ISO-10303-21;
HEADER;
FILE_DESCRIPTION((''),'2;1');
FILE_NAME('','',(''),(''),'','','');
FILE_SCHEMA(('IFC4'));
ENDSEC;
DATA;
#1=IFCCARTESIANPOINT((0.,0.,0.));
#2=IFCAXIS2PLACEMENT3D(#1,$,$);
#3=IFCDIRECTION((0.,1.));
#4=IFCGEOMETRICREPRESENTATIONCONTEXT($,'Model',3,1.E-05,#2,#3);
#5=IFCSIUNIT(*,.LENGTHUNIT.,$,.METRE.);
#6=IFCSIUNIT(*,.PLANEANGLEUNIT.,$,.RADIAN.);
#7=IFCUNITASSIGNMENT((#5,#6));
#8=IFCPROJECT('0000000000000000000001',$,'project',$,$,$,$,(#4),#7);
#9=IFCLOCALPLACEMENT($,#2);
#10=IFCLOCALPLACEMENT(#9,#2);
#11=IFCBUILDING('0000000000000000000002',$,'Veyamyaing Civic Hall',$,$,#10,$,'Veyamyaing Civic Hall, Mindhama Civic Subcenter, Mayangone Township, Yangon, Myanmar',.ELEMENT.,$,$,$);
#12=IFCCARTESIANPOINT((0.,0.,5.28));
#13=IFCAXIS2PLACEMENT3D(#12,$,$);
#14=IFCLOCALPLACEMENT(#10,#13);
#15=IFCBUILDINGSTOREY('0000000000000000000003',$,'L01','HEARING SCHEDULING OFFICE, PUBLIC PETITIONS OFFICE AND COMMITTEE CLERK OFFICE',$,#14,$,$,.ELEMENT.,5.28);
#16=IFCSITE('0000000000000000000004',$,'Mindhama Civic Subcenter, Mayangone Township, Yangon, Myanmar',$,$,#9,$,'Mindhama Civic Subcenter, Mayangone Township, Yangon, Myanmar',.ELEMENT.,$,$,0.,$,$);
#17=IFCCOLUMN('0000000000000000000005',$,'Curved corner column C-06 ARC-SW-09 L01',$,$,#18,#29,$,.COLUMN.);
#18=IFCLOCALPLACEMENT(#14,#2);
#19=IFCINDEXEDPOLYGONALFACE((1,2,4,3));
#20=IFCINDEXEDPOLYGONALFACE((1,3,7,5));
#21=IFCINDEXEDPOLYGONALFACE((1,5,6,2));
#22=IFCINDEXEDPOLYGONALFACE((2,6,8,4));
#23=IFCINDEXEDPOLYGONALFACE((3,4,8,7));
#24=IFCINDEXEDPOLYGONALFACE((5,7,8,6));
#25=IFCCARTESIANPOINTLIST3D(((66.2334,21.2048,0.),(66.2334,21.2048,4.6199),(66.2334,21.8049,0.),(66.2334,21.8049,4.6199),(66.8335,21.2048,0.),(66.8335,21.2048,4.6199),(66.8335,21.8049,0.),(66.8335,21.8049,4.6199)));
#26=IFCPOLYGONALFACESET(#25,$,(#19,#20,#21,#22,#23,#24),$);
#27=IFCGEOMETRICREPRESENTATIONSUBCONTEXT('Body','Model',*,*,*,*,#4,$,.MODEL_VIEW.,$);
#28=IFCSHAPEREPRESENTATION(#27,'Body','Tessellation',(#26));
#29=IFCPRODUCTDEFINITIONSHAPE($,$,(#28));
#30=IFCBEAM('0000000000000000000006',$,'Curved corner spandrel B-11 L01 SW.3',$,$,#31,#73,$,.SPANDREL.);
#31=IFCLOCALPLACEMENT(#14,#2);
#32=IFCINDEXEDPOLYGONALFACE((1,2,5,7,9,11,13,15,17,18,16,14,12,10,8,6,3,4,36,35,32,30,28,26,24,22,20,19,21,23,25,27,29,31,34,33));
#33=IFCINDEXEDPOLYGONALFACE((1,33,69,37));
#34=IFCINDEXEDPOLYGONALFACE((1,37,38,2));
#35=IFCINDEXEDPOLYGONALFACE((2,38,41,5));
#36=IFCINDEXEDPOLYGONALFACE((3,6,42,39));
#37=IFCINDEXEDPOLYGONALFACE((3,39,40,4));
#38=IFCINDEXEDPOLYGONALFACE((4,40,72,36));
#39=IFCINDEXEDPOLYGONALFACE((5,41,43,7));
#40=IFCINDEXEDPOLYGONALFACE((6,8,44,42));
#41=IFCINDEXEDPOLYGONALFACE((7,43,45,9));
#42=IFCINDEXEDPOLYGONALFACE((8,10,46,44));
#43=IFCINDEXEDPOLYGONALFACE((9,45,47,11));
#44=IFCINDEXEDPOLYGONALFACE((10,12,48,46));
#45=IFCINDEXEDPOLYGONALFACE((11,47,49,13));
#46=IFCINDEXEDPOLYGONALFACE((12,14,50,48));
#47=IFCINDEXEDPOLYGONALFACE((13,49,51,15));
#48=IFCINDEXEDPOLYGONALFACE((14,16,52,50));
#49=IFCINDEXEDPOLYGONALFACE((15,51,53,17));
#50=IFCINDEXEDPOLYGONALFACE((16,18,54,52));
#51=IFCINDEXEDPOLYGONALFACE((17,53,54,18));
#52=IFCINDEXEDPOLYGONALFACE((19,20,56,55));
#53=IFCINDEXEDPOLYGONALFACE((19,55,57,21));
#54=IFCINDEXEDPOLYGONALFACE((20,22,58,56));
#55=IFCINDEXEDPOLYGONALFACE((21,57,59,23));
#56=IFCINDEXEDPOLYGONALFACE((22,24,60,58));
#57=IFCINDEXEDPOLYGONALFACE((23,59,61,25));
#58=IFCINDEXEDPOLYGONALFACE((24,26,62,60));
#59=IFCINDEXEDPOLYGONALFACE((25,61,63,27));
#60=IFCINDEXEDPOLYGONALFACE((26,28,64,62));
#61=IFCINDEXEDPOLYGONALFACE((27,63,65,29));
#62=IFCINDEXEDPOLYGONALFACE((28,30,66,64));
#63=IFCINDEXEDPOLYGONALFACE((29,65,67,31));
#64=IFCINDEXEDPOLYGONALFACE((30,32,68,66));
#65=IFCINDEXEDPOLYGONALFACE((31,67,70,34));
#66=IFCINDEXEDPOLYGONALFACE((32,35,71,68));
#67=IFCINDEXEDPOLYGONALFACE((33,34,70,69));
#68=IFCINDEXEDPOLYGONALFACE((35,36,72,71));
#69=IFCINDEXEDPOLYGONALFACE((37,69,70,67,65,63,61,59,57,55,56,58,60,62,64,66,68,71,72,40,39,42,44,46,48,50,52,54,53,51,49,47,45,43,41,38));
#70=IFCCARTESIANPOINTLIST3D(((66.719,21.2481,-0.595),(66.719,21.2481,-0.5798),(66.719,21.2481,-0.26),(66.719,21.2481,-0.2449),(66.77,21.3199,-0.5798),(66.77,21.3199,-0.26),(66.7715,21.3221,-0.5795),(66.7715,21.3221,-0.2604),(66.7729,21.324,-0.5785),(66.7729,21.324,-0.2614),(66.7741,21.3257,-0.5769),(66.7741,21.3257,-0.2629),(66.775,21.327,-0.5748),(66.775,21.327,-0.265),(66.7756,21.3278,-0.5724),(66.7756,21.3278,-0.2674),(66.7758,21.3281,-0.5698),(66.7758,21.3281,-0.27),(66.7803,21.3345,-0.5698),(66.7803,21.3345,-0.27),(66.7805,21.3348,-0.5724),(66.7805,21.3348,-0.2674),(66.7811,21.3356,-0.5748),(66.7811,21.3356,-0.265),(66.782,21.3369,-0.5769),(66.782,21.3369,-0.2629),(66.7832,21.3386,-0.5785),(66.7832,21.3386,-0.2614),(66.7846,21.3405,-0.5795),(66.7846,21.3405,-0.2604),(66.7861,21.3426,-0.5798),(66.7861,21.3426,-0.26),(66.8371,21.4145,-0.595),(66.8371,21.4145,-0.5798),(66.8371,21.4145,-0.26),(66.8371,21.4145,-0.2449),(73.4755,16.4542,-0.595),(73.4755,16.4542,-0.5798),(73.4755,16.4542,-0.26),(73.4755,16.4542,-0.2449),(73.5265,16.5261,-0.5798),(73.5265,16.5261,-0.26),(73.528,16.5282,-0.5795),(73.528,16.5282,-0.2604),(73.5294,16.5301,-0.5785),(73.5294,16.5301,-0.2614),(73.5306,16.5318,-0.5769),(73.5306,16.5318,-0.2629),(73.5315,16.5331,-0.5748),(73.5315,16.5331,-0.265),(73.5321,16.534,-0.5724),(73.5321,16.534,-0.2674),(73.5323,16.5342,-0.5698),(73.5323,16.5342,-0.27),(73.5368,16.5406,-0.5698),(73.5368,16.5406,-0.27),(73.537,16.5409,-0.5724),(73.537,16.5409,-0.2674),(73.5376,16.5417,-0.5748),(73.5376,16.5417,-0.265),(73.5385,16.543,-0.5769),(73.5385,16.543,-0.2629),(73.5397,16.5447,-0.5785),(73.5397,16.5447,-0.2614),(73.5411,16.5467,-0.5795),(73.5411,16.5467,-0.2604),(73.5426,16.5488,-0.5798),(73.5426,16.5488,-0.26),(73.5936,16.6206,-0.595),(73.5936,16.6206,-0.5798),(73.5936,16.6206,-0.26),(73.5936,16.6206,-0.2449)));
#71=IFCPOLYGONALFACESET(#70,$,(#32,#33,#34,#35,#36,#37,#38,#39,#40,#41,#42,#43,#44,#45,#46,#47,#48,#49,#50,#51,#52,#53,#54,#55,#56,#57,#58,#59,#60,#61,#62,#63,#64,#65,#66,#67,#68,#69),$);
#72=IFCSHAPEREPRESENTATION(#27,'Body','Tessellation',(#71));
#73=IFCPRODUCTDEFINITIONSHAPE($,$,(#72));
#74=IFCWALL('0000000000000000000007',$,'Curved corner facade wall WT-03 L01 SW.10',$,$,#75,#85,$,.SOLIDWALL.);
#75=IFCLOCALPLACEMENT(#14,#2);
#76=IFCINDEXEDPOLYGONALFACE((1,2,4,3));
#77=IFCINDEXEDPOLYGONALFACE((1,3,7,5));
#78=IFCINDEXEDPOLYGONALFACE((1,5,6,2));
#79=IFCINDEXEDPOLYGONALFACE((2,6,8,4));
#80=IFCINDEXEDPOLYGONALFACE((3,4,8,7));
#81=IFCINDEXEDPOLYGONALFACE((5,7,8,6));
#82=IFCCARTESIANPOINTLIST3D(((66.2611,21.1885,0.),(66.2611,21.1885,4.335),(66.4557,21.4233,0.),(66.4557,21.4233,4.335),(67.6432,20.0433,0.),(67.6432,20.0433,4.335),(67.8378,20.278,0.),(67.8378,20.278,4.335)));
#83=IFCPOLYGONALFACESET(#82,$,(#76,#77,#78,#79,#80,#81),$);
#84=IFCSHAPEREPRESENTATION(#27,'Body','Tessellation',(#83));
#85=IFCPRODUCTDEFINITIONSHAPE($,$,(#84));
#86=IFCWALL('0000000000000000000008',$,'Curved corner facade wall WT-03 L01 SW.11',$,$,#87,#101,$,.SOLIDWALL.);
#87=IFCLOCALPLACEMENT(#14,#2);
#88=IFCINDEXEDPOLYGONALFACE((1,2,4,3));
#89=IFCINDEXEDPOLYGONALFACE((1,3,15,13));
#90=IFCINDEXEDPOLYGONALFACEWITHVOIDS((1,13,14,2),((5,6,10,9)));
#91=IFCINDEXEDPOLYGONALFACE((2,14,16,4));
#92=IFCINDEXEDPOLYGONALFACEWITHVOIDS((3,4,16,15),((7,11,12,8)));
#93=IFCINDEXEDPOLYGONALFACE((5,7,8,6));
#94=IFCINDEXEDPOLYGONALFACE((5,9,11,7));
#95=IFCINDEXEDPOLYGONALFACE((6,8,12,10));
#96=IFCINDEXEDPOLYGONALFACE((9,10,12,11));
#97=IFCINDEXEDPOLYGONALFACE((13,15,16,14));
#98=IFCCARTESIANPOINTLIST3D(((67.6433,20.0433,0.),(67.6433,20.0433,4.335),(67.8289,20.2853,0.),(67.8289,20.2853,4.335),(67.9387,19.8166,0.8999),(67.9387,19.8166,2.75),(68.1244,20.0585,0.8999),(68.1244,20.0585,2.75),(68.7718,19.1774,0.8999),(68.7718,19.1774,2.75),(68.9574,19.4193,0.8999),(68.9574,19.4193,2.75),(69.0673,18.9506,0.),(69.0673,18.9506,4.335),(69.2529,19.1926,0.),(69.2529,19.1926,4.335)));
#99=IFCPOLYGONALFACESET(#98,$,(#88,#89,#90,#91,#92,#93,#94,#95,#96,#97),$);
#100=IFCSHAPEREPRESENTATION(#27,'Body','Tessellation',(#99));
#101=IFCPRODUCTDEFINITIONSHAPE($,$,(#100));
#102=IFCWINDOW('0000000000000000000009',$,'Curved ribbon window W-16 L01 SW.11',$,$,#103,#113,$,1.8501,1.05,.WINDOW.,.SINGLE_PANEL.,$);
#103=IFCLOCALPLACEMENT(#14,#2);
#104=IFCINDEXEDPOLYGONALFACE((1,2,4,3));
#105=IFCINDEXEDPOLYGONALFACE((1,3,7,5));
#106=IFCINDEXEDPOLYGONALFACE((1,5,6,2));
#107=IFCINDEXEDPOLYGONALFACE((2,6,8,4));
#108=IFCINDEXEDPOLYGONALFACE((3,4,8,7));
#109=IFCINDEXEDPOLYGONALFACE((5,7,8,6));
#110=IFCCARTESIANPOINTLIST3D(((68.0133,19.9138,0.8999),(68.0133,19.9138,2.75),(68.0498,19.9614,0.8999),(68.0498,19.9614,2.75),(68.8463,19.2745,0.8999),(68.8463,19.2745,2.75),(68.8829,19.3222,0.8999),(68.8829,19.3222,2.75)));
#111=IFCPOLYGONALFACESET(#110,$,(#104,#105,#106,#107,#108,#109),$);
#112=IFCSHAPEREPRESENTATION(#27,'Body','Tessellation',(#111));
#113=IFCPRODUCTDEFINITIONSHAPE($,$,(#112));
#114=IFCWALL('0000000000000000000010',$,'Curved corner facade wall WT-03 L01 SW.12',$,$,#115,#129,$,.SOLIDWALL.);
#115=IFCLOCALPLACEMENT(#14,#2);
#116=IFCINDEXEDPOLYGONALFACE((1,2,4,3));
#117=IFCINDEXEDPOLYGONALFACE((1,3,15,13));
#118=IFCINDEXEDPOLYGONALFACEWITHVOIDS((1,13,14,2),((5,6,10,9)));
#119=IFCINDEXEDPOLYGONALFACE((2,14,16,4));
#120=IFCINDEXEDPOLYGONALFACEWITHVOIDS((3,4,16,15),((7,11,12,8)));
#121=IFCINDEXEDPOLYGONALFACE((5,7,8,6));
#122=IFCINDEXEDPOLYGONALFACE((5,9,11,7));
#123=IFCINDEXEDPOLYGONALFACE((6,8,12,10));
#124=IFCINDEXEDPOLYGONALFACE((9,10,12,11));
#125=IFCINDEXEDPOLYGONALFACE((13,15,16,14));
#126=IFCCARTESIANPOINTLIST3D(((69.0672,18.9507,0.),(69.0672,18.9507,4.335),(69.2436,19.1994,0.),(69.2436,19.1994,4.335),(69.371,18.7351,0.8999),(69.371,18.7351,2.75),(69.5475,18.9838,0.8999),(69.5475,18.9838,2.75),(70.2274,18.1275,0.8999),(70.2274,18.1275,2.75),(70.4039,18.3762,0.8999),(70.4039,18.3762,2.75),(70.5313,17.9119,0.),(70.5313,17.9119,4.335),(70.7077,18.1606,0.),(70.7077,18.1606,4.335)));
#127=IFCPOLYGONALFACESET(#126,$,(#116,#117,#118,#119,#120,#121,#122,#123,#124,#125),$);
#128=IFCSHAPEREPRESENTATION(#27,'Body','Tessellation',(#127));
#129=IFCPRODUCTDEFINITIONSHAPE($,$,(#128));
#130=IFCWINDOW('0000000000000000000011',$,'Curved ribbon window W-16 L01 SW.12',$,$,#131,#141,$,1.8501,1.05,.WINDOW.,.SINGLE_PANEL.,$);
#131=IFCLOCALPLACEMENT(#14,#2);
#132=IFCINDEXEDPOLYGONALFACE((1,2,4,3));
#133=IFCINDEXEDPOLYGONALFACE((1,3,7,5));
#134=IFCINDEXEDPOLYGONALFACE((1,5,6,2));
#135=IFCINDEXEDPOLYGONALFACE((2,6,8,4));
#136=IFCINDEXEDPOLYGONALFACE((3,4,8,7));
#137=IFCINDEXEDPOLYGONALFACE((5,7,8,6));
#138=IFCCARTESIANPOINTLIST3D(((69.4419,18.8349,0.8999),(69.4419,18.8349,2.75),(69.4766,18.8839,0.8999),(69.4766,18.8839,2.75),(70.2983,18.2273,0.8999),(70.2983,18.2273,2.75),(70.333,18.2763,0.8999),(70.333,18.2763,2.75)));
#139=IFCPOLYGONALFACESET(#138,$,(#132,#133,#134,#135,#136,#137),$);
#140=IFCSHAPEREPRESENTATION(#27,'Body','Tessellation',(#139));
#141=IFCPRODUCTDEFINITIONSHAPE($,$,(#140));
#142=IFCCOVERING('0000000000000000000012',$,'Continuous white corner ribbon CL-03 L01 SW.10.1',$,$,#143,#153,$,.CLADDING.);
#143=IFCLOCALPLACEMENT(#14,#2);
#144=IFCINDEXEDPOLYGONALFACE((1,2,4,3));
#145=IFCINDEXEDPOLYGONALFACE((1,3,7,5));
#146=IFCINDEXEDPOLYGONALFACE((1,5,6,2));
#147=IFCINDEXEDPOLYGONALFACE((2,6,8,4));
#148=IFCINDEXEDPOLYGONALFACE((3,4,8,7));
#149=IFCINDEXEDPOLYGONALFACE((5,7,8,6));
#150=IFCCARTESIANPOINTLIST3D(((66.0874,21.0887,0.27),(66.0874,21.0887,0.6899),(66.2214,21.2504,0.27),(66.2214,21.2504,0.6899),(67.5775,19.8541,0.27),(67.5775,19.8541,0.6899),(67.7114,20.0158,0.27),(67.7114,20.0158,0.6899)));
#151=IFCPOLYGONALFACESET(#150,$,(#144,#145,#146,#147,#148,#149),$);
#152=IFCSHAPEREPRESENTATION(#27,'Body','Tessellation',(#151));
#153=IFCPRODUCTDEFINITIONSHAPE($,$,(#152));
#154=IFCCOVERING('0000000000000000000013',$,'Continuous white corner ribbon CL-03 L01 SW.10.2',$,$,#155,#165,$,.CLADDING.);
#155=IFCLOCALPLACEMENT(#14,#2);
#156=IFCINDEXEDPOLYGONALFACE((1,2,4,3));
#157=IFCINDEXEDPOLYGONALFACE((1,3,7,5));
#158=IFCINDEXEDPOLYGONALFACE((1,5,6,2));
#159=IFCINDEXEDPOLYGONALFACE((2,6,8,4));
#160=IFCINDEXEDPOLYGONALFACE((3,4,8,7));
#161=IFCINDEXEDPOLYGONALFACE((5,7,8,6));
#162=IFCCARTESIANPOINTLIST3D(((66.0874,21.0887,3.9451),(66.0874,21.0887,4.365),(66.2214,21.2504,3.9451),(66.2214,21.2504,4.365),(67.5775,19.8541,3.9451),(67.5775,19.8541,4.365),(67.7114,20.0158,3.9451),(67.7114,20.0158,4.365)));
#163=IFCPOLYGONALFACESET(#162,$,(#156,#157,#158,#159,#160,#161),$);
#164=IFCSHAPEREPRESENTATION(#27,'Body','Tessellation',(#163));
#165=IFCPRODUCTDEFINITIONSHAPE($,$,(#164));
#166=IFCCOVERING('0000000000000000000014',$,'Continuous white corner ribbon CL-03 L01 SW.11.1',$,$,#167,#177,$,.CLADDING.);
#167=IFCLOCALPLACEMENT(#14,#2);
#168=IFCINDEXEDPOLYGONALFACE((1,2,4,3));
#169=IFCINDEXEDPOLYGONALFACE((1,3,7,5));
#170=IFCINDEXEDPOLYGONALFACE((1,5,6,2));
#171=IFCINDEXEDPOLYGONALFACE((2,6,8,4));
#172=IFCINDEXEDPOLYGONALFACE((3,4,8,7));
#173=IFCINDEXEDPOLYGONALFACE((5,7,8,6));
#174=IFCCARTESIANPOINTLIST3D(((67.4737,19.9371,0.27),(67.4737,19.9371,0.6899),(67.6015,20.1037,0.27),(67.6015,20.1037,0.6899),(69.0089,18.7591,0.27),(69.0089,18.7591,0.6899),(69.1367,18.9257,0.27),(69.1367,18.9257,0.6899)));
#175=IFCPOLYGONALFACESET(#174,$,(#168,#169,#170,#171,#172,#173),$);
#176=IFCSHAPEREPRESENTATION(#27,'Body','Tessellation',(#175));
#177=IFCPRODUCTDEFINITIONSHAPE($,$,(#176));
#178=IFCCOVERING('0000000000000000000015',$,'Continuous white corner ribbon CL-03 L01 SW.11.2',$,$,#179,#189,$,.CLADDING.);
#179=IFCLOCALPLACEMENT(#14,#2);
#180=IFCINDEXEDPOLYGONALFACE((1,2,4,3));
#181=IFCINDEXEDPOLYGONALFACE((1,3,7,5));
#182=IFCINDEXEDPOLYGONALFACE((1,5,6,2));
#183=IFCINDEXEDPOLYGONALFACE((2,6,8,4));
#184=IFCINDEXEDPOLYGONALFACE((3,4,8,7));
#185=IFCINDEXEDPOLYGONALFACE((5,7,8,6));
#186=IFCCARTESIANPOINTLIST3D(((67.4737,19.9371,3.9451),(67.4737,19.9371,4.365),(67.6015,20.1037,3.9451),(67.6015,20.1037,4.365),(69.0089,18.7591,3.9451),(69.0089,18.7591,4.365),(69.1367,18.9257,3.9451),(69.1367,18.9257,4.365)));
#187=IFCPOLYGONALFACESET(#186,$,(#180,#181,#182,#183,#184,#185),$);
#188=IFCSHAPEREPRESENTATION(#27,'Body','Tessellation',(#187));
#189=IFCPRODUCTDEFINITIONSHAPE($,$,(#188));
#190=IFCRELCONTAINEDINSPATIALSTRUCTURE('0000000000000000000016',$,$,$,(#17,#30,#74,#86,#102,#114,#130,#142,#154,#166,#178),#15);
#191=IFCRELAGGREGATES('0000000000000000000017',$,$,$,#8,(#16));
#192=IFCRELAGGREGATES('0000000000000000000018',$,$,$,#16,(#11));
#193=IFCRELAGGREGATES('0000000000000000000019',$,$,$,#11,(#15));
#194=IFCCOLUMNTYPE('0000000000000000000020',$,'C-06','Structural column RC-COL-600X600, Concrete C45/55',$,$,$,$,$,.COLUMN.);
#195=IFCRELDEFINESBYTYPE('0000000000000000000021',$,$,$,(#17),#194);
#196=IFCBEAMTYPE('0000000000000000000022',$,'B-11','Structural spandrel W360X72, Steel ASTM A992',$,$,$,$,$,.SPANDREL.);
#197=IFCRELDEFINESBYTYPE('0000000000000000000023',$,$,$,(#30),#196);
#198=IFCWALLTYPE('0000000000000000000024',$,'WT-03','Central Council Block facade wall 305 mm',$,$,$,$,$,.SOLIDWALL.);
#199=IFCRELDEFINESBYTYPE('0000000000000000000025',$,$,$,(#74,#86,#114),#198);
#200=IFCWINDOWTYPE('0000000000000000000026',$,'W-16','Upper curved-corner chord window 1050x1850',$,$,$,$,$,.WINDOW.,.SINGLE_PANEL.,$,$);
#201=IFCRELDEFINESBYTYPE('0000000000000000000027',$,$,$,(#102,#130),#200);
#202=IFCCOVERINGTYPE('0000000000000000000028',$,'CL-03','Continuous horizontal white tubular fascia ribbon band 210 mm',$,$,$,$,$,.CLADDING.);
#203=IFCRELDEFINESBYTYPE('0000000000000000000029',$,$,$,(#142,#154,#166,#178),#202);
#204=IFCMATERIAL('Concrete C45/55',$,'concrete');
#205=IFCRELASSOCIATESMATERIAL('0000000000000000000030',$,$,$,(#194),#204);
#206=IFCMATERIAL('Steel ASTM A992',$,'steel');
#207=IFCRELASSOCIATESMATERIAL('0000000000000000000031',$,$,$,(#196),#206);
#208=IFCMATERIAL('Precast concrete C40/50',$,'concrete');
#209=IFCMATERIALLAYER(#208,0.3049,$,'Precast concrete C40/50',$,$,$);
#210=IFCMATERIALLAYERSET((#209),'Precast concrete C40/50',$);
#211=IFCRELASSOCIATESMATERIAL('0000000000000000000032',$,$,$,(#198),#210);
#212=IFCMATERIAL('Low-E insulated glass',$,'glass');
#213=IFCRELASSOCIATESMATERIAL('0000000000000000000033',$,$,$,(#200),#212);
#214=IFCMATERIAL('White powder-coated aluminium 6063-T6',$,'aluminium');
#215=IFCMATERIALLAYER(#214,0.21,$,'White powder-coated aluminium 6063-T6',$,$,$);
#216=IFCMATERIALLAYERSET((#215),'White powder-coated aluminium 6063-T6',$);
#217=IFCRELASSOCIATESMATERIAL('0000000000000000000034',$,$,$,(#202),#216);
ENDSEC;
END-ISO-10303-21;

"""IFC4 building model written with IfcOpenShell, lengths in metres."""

from ifc_helpers import new_model, si_unit, direction, frame, frame_2d, origin, origin_2d, place, context, subcontext, project, spatial, rectangle, i_section, extrude, material, layer, layer_set, material_profile, profile_set, type_object, element, fill, save


model = new_model("IFC4")

# Units and contexts
model_context = context("Model", 3, precision=1e-05, world=origin(), true_north=direction((0.0, 1.0)))
body_context = subcontext(model_context, "Body", "Model", "MODEL_VIEW")
ifc_project = project(units=[si_unit("LENGTHUNIT", "METRE"), si_unit("PLANEANGLEUNIT", "RADIAN")], contexts=[model_context])

# Site, building, storey
site_placement = place(None, origin())
site = spatial("IfcSite", under=ifc_project, at=site_placement, Name="Mindhama Civic Subcenter, Mayangone Township, Yangon, Myanmar", LongName="Mindhama Civic Subcenter, Mayangone Township, Yangon, Myanmar", CompositionType="ELEMENT", RefElevation=0.0)
building_placement = place(site_placement, origin())
building = spatial("IfcBuilding", under=site, at=building_placement, Name="Veyamyaing Civic Hall", LongName="Veyamyaing Civic Hall, Mindhama Civic Subcenter, Mayangone Township, Yangon, Myanmar", CompositionType="ELEMENT")
storey_placement = place(building_placement, frame((0.0, 0.0, 5.28)))
storey = spatial("IfcBuildingStorey", under=building, at=storey_placement, Name="L01", Description="HEARING SCHEDULING OFFICE, PUBLIC PETITIONS OFFICE AND COMMITTEE CLERK OFFICE", CompositionType="ELEMENT", Elevation=5.28)

# Column
ifc_material_1 = material(Name="Concrete C45/55", Category="concrete")
ifc_material_profile_1 = material_profile(ifc_material_1, rectangle(XDim=0.6001, YDim=0.6001, at=origin_2d()), Name="RC-COL-600X600")
ifc_profile_set_1 = profile_set([ifc_material_profile_1], Name="Concrete C45/55")
column_type = type_object("IfcColumnType", Name="C-06", Description="Structural column RC-COL-600X600, Concrete C45/55", PredefinedType="COLUMN", material=ifc_profile_set_1)
column_placement = place(storey_placement, frame((66.5334, 21.5049, 0.0), z_axis=(0.0, 0.0, 1.0), x_axis=(1.0, 0.0, 0.0)))
element("IfcColumn", 1, at=column_placement, inside=storey, type_object=column_type, Name="Curved corner column C-06 ARC-SW-09 L01", PredefinedType="COLUMN", context=body_context, shape_type="SweptSolid", body=[
    extrude(rectangle(XDim=0.6001, YDim=0.6001, at=origin_2d()), origin(), (0.0, 0.0, 1.0), 4.6199),
])

# Beam
ifc_material_2 = material(Name="Steel ASTM A992", Category="steel")
ifc_material_profile_2 = material_profile(ifc_material_2, i_section(OverallWidth=0.2041, OverallDepth=0.3501, WebThickness=0.0078, FlangeThickness=0.0151, FilletRadius=0.01, at=origin_2d()), Name="W360X72")
ifc_profile_set_2 = profile_set([ifc_material_profile_2], Name="Steel ASTM A992")
beam_type = type_object("IfcBeamType", Name="B-11", Description="Structural spandrel W360X72, Steel ASTM A992", PredefinedType="SPANDREL", material=ifc_profile_set_2)
beam_placement = place(storey_placement, frame((66.7781, 21.3313, -0.4199), z_axis=(0.815567, -0.578662, 0.0), x_axis=(0.578662, 0.815567, 0.0)))
element("IfcBeam", 2, at=beam_placement, inside=storey, type_object=beam_type, Name="Curved corner spandrel B-11 L01 SW.3", PredefinedType="SPANDREL", context=body_context, shape_type="SweptSolid", body=[
    extrude(i_section(OverallWidth=0.2041, OverallDepth=0.3501, WebThickness=0.0078, FlangeThickness=0.0151, FilletRadius=0.01, at=origin_2d()), origin(), (0.0, 0.0, 1.0), 8.2844),
])

# Wall
ifc_material_3 = material(Name="Precast concrete C40/50", Category="concrete")
ifc_layer_1 = layer(ifc_material_3, 0.3049, Name="Precast concrete C40/50")
ifc_layer_set_1 = layer_set([ifc_layer_1], Name="Precast concrete C40/50")
wall_type = type_object("IfcWallType", Name="WT-03", Description="Central Council Block facade wall 305 mm", PredefinedType="SOLIDWALL", material=ifc_layer_set_1)
wall_1_placement = place(storey_placement, frame((66.3584, 21.3059, 0.0), z_axis=(0.0, 0.0, 1.0), x_axis=(0.769991, -0.638055, 0.0)))
element("IfcWall", 3, at=wall_1_placement, inside=storey, type_object=wall_type, Name="Curved corner facade wall WT-03 L01 SW.10", PredefinedType="SOLIDWALL", context=body_context, shape_type="SweptSolid", body=[
    extrude(rectangle(XDim=1.7949, YDim=0.3049, at=frame_2d((0.8975, 0.0))), origin(), (0.0, 0.0, 1.0), 4.335),
])

# Walls, openings, windows
wall_2_placement = place(storey_placement, frame((67.7361, 20.1643, 0.0), z_axis=(0.0, 0.0, 1.0), x_axis=(0.793341, -0.608777, 0.0)))
wall_2 = element("IfcWall", 4, at=wall_2_placement, inside=storey, type_object=wall_type, Name="Curved corner facade wall WT-03 L01 SW.11", PredefinedType="SOLIDWALL", context=body_context, shape_type="SweptSolid", body=[
    extrude(rectangle(XDim=1.7949, YDim=0.3049, at=frame_2d((0.8975, 0.0))), origin(), (0.0, 0.0, 1.0), 4.335),
])
opening_1_placement = place(wall_2_placement, frame((0.3726, 0.0, 0.8999)))
opening_1 = element("IfcOpeningElement", 5, at=opening_1_placement, cuts=wall_2, PredefinedType="OPENING", context=body_context, shape_type="SweptSolid", body=[
    extrude(rectangle(XDim=1.05, YDim=1.8501, at=frame_2d((0.5249, 0.925))), frame((0.0, 0.1624, 0.0), z_axis=(0.0, -1.0, 0.0), x_axis=(1.0, 0.0, 0.0)), (0.0, 0.0, 1.0), 0.325),
])
ifc_material_4 = material(Name="Low-E insulated glass", Category="glass")
window_type = type_object("IfcWindowType", Name="W-16", Description="Upper curved-corner chord window 1050x1850", PartitioningType="SINGLE_PANEL", PredefinedType="WINDOW", material=ifc_material_4)
window_1_placement = place(opening_1_placement, origin())
window_1 = element("IfcWindow", 6, at=window_1_placement, inside=storey, type_object=window_type, Name="Curved ribbon window W-16 L01 SW.11", OverallHeight=1.8501, OverallWidth=1.05, PartitioningType="SINGLE_PANEL", PredefinedType="WINDOW", context=body_context, shape_type="SweptSolid", body=[
    extrude(rectangle(XDim=1.05, YDim=1.8501, at=frame_2d((0.5249, 0.925))), frame((0.0, 0.03, 0.0), z_axis=(0.0, -1.0, 0.0), x_axis=(1.0, 0.0, 0.0)), (0.0, 0.0, 1.0), 0.0601),
])
fill(opening_1, window_1)
wall_3_placement = place(storey_placement, frame((69.1555, 19.075, 0.0), z_axis=(0.0, 0.0, 1.0), x_axis=(0.815567, -0.578662, 0.0)))
wall_3 = element("IfcWall", 7, at=wall_3_placement, inside=storey, type_object=wall_type, Name="Curved corner facade wall WT-03 L01 SW.12", PredefinedType="SOLIDWALL", context=body_context, shape_type="SweptSolid", body=[
    extrude(rectangle(XDim=1.7952, YDim=0.3049, at=frame_2d((0.8975, 0.0))), origin(), (0.0, 0.0, 1.0), 4.335),
])
opening_2_placement = place(wall_3_placement, frame((0.3726, 0.0, 0.8999)))
opening_2 = element("IfcOpeningElement", 8, at=opening_2_placement, cuts=wall_3, PredefinedType="OPENING", context=body_context, shape_type="SweptSolid", body=[
    extrude(rectangle(XDim=1.05, YDim=1.8501, at=frame_2d((0.5249, 0.925))), frame((0.0, 0.1624, 0.0), z_axis=(0.0, -1.0, 0.0), x_axis=(1.0, 0.0, 0.0)), (0.0, 0.0, 1.0), 0.325),
])
window_2_placement = place(opening_2_placement, origin())
window_2 = element("IfcWindow", 9, at=window_2_placement, inside=storey, type_object=window_type, Name="Curved ribbon window W-16 L01 SW.12", OverallHeight=1.8501, OverallWidth=1.05, PartitioningType="SINGLE_PANEL", PredefinedType="WINDOW", context=body_context, shape_type="SweptSolid", body=[
    extrude(rectangle(XDim=1.05, YDim=1.8501, at=frame_2d((0.5249, 0.925))), frame((0.0, 0.03, 0.0), z_axis=(0.0, -1.0, 0.0), x_axis=(1.0, 0.0, 0.0)), (0.0, 0.0, 1.0), 0.0601),
])
fill(opening_2, window_2)

# Coverings
ifc_material_5 = material(Name="White powder-coated aluminium 6063-T6", Category="aluminium")
ifc_layer_2 = layer(ifc_material_5, 0.21, Name="White powder-coated aluminium 6063-T6")
ifc_layer_set_2 = layer_set([ifc_layer_2], Name="White powder-coated aluminium 6063-T6")
covering_type = type_object("IfcCoveringType", Name="CL-03", Description="Continuous horizontal white tubular fascia ribbon band 210 mm", PredefinedType="CLADDING", material=ifc_layer_set_2)
for number, where, z_axis, x_axis, name in (
    (10, (66.8994, 20.5522, 0.27), (0.0, 0.0, 1.0), (0.770036, -0.638, 0.0), "Continuous white corner ribbon CL-03 L01 SW.10.1"),
    (11, (66.8994, 20.5522, 3.9451), (0.0, 0.0, 1.0), (0.770036, -0.638, 0.0), "Continuous white corner ribbon CL-03 L01 SW.10.2"),
    (12, (68.3052, 19.4314, 0.27), (0.0, 0.0, 1.0), (0.793353, -0.608761, 0.0), "Continuous white corner ribbon CL-03 L01 SW.11.1"),
    (13, (68.3052, 19.4314, 3.9451), (0.0, 0.0, 1.0), (0.793353, -0.608761, 0.0), "Continuous white corner ribbon CL-03 L01 SW.11.2"),
):
    element("IfcCovering", number, at=place(storey_placement, frame(where, z_axis=z_axis, x_axis=x_axis)), inside=storey, type_object=covering_type, Name=name, PredefinedType="CLADDING", context=body_context, shape_type="SweptSolid", body=[
        extrude(rectangle(XDim=1.9351, YDim=0.21, at=origin_2d()), origin(), (0.0, 0.0, 1.0), 0.4199),
    ])

save(model, "model.ifc")
